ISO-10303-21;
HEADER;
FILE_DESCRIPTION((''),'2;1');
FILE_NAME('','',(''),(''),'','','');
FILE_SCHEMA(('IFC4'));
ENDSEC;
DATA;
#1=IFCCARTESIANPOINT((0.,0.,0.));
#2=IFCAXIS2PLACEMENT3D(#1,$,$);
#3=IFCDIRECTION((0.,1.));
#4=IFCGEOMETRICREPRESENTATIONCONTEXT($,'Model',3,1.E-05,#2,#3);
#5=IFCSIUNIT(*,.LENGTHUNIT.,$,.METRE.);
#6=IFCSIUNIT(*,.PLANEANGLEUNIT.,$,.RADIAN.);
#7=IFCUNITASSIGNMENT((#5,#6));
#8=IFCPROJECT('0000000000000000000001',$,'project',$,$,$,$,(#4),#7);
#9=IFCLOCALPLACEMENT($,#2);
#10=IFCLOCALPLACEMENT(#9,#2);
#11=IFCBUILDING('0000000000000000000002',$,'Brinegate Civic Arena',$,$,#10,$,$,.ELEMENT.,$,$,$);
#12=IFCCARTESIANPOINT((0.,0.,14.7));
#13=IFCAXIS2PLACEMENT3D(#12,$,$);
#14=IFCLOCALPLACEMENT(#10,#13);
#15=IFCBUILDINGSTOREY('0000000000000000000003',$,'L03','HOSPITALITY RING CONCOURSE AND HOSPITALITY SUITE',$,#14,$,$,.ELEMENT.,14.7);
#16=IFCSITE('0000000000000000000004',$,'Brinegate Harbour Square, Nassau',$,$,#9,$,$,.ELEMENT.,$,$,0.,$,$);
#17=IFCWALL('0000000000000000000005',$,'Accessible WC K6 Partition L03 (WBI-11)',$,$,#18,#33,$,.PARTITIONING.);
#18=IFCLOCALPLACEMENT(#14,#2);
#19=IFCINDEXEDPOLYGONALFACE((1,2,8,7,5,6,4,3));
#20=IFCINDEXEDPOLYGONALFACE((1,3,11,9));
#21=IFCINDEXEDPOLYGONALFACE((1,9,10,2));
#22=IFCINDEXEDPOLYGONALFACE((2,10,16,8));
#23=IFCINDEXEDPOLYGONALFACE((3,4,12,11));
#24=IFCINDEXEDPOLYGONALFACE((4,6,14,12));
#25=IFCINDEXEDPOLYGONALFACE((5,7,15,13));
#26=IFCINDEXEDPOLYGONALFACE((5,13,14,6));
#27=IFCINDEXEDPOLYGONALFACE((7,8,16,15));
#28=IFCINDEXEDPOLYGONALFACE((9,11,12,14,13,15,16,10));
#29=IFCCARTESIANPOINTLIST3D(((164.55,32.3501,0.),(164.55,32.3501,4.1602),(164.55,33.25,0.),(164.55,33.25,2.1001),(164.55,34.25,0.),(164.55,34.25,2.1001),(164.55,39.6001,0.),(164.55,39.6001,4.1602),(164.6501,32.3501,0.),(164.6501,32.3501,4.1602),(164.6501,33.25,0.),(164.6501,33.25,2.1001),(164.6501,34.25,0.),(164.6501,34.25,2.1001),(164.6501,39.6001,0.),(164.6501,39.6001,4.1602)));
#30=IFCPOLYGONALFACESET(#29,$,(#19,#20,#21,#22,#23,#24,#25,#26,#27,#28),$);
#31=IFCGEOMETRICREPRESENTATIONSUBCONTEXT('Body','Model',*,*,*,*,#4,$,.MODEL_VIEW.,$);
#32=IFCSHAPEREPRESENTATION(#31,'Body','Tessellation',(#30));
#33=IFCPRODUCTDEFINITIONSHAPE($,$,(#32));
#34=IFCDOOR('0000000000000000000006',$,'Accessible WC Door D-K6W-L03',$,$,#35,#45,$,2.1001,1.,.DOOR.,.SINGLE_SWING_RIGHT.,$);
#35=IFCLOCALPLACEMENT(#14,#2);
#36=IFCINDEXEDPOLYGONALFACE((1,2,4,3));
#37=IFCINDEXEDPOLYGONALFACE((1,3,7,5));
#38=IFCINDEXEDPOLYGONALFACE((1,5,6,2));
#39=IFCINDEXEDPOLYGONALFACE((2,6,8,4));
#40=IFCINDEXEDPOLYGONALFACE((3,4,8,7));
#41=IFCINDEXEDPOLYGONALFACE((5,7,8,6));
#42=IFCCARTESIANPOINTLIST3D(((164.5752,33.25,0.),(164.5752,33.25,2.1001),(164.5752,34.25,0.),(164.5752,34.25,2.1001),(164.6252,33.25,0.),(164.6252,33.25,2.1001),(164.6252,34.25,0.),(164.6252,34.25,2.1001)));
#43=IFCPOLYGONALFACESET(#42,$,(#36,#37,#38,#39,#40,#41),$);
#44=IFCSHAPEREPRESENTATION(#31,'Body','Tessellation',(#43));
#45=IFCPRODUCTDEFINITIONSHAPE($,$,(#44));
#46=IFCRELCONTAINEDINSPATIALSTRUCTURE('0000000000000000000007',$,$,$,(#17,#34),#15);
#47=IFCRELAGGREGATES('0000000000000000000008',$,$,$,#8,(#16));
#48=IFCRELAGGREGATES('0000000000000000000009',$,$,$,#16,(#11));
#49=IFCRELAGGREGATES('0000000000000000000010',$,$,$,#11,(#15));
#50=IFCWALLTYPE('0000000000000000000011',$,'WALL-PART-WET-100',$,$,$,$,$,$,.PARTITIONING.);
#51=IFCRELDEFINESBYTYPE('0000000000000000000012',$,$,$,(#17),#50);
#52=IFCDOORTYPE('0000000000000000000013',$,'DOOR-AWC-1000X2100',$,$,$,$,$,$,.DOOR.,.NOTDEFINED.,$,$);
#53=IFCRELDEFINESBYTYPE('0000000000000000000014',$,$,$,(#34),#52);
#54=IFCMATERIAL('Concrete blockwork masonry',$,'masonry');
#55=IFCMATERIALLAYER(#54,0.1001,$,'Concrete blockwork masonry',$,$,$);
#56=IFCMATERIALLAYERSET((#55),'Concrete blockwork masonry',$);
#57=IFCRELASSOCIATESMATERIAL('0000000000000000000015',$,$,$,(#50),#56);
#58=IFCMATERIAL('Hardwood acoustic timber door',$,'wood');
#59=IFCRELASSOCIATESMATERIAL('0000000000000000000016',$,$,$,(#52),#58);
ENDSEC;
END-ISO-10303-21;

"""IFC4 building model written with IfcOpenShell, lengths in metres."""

from ifc_helpers import new_model, si_unit, direction, frame, frame_2d, origin, place, context, subcontext, project, spatial, rectangle, extrude, material, layer, layer_set, type_object, element, fill, save


model = new_model("IFC4")

# Units and contexts
model_context = context("Model", 3, precision=1e-05, world=origin(), true_north=direction((0.0, 1.0)))
body_context = subcontext(model_context, "Body", "Model", "MODEL_VIEW")
ifc_project = project(units=[si_unit("LENGTHUNIT", "METRE"), si_unit("PLANEANGLEUNIT", "RADIAN")], contexts=[model_context])

# Site, building, storey
site_placement = place(None, origin())
site = spatial("IfcSite", under=ifc_project, at=site_placement, Name="Brinegate Harbour Square, Nassau", CompositionType="ELEMENT", RefElevation=0.0)
building_placement = place(site_placement, origin())
building = spatial("IfcBuilding", under=site, at=building_placement, Name="Brinegate Civic Arena", CompositionType="ELEMENT")
storey_placement = place(building_placement, frame((0.0, 0.0, 14.7)))
storey = spatial("IfcBuildingStorey", under=building, at=storey_placement, Name="L03", Description="HOSPITALITY RING CONCOURSE AND HOSPITALITY SUITE", CompositionType="ELEMENT", Elevation=14.7)

# Wall, opening, door
ifc_material_1 = material(Name="Concrete blockwork masonry", Category="masonry")
ifc_layer_1 = layer(ifc_material_1, 0.1001, Name="Concrete blockwork masonry")
ifc_layer_set_1 = layer_set([ifc_layer_1], Name="Concrete blockwork masonry")
wall_type_1 = type_object("IfcWallType", Name="WALL-PART-WET-100", PredefinedType="PARTITIONING", material=ifc_layer_set_1)
wall_1_placement = place(storey_placement, frame((164.6001, 32.3501, 0.0), z_axis=(0.0, 0.0, 1.0), x_axis=(0.0, 1.0, 0.0)))
wall_1 = element("IfcWall", 1, at=wall_1_placement, inside=storey, type_object=wall_type_1, Name="Accessible WC K6 Partition L03 (WBI-11)", PredefinedType="PARTITIONING", context=body_context, shape_type="SweptSolid", body=[
    extrude(rectangle(XDim=7.25, YDim=0.1001, at=frame_2d((3.625, 0.0))), origin(), (0.0, 0.0, 1.0), 4.1602),
])
opening_1_placement = place(wall_1_placement, frame((0.8999, 0.0, 0.0)))
opening_1 = element("IfcOpeningElement", 2, at=opening_1_placement, cuts=wall_1, PredefinedType="OPENING", context=body_context, shape_type="SweptSolid", body=[
    extrude(rectangle(XDim=1.0, YDim=2.1001, at=frame_2d((0.5, 1.05))), frame((0.0, 0.0601, 0.0), z_axis=(0.0, -1.0, 0.0), x_axis=(1.0, 0.0, 0.0)), (0.0, 0.0, 1.0), 0.1201),
])
ifc_material_2 = material(Name="Hardwood acoustic timber door", Category="wood")
door_type_1 = type_object("IfcDoorType", Name="DOOR-AWC-1000X2100", OperationType="NOTDEFINED", PredefinedType="DOOR", material=ifc_material_2)
door_1_placement = place(opening_1_placement, origin())
door_1 = element("IfcDoor", 3, at=door_1_placement, inside=storey, type_object=door_type_1, Name="Accessible WC Door D-K6W-L03", OperationType="SINGLE_SWING_RIGHT", OverallHeight=2.1001, OverallWidth=1.0, PredefinedType="DOOR", context=body_context, shape_type="SweptSolid", body=[
    extrude(rectangle(XDim=1.0, YDim=2.1001, at=frame_2d((0.5, 1.05))), frame((0.0, 0.0249, 0.0), z_axis=(0.0, -1.0, 0.0), x_axis=(1.0, 0.0, 0.0)), (0.0, 0.0, 1.0), 0.05),
])
fill(opening_1, door_1)

save(model, "model.ifc")
